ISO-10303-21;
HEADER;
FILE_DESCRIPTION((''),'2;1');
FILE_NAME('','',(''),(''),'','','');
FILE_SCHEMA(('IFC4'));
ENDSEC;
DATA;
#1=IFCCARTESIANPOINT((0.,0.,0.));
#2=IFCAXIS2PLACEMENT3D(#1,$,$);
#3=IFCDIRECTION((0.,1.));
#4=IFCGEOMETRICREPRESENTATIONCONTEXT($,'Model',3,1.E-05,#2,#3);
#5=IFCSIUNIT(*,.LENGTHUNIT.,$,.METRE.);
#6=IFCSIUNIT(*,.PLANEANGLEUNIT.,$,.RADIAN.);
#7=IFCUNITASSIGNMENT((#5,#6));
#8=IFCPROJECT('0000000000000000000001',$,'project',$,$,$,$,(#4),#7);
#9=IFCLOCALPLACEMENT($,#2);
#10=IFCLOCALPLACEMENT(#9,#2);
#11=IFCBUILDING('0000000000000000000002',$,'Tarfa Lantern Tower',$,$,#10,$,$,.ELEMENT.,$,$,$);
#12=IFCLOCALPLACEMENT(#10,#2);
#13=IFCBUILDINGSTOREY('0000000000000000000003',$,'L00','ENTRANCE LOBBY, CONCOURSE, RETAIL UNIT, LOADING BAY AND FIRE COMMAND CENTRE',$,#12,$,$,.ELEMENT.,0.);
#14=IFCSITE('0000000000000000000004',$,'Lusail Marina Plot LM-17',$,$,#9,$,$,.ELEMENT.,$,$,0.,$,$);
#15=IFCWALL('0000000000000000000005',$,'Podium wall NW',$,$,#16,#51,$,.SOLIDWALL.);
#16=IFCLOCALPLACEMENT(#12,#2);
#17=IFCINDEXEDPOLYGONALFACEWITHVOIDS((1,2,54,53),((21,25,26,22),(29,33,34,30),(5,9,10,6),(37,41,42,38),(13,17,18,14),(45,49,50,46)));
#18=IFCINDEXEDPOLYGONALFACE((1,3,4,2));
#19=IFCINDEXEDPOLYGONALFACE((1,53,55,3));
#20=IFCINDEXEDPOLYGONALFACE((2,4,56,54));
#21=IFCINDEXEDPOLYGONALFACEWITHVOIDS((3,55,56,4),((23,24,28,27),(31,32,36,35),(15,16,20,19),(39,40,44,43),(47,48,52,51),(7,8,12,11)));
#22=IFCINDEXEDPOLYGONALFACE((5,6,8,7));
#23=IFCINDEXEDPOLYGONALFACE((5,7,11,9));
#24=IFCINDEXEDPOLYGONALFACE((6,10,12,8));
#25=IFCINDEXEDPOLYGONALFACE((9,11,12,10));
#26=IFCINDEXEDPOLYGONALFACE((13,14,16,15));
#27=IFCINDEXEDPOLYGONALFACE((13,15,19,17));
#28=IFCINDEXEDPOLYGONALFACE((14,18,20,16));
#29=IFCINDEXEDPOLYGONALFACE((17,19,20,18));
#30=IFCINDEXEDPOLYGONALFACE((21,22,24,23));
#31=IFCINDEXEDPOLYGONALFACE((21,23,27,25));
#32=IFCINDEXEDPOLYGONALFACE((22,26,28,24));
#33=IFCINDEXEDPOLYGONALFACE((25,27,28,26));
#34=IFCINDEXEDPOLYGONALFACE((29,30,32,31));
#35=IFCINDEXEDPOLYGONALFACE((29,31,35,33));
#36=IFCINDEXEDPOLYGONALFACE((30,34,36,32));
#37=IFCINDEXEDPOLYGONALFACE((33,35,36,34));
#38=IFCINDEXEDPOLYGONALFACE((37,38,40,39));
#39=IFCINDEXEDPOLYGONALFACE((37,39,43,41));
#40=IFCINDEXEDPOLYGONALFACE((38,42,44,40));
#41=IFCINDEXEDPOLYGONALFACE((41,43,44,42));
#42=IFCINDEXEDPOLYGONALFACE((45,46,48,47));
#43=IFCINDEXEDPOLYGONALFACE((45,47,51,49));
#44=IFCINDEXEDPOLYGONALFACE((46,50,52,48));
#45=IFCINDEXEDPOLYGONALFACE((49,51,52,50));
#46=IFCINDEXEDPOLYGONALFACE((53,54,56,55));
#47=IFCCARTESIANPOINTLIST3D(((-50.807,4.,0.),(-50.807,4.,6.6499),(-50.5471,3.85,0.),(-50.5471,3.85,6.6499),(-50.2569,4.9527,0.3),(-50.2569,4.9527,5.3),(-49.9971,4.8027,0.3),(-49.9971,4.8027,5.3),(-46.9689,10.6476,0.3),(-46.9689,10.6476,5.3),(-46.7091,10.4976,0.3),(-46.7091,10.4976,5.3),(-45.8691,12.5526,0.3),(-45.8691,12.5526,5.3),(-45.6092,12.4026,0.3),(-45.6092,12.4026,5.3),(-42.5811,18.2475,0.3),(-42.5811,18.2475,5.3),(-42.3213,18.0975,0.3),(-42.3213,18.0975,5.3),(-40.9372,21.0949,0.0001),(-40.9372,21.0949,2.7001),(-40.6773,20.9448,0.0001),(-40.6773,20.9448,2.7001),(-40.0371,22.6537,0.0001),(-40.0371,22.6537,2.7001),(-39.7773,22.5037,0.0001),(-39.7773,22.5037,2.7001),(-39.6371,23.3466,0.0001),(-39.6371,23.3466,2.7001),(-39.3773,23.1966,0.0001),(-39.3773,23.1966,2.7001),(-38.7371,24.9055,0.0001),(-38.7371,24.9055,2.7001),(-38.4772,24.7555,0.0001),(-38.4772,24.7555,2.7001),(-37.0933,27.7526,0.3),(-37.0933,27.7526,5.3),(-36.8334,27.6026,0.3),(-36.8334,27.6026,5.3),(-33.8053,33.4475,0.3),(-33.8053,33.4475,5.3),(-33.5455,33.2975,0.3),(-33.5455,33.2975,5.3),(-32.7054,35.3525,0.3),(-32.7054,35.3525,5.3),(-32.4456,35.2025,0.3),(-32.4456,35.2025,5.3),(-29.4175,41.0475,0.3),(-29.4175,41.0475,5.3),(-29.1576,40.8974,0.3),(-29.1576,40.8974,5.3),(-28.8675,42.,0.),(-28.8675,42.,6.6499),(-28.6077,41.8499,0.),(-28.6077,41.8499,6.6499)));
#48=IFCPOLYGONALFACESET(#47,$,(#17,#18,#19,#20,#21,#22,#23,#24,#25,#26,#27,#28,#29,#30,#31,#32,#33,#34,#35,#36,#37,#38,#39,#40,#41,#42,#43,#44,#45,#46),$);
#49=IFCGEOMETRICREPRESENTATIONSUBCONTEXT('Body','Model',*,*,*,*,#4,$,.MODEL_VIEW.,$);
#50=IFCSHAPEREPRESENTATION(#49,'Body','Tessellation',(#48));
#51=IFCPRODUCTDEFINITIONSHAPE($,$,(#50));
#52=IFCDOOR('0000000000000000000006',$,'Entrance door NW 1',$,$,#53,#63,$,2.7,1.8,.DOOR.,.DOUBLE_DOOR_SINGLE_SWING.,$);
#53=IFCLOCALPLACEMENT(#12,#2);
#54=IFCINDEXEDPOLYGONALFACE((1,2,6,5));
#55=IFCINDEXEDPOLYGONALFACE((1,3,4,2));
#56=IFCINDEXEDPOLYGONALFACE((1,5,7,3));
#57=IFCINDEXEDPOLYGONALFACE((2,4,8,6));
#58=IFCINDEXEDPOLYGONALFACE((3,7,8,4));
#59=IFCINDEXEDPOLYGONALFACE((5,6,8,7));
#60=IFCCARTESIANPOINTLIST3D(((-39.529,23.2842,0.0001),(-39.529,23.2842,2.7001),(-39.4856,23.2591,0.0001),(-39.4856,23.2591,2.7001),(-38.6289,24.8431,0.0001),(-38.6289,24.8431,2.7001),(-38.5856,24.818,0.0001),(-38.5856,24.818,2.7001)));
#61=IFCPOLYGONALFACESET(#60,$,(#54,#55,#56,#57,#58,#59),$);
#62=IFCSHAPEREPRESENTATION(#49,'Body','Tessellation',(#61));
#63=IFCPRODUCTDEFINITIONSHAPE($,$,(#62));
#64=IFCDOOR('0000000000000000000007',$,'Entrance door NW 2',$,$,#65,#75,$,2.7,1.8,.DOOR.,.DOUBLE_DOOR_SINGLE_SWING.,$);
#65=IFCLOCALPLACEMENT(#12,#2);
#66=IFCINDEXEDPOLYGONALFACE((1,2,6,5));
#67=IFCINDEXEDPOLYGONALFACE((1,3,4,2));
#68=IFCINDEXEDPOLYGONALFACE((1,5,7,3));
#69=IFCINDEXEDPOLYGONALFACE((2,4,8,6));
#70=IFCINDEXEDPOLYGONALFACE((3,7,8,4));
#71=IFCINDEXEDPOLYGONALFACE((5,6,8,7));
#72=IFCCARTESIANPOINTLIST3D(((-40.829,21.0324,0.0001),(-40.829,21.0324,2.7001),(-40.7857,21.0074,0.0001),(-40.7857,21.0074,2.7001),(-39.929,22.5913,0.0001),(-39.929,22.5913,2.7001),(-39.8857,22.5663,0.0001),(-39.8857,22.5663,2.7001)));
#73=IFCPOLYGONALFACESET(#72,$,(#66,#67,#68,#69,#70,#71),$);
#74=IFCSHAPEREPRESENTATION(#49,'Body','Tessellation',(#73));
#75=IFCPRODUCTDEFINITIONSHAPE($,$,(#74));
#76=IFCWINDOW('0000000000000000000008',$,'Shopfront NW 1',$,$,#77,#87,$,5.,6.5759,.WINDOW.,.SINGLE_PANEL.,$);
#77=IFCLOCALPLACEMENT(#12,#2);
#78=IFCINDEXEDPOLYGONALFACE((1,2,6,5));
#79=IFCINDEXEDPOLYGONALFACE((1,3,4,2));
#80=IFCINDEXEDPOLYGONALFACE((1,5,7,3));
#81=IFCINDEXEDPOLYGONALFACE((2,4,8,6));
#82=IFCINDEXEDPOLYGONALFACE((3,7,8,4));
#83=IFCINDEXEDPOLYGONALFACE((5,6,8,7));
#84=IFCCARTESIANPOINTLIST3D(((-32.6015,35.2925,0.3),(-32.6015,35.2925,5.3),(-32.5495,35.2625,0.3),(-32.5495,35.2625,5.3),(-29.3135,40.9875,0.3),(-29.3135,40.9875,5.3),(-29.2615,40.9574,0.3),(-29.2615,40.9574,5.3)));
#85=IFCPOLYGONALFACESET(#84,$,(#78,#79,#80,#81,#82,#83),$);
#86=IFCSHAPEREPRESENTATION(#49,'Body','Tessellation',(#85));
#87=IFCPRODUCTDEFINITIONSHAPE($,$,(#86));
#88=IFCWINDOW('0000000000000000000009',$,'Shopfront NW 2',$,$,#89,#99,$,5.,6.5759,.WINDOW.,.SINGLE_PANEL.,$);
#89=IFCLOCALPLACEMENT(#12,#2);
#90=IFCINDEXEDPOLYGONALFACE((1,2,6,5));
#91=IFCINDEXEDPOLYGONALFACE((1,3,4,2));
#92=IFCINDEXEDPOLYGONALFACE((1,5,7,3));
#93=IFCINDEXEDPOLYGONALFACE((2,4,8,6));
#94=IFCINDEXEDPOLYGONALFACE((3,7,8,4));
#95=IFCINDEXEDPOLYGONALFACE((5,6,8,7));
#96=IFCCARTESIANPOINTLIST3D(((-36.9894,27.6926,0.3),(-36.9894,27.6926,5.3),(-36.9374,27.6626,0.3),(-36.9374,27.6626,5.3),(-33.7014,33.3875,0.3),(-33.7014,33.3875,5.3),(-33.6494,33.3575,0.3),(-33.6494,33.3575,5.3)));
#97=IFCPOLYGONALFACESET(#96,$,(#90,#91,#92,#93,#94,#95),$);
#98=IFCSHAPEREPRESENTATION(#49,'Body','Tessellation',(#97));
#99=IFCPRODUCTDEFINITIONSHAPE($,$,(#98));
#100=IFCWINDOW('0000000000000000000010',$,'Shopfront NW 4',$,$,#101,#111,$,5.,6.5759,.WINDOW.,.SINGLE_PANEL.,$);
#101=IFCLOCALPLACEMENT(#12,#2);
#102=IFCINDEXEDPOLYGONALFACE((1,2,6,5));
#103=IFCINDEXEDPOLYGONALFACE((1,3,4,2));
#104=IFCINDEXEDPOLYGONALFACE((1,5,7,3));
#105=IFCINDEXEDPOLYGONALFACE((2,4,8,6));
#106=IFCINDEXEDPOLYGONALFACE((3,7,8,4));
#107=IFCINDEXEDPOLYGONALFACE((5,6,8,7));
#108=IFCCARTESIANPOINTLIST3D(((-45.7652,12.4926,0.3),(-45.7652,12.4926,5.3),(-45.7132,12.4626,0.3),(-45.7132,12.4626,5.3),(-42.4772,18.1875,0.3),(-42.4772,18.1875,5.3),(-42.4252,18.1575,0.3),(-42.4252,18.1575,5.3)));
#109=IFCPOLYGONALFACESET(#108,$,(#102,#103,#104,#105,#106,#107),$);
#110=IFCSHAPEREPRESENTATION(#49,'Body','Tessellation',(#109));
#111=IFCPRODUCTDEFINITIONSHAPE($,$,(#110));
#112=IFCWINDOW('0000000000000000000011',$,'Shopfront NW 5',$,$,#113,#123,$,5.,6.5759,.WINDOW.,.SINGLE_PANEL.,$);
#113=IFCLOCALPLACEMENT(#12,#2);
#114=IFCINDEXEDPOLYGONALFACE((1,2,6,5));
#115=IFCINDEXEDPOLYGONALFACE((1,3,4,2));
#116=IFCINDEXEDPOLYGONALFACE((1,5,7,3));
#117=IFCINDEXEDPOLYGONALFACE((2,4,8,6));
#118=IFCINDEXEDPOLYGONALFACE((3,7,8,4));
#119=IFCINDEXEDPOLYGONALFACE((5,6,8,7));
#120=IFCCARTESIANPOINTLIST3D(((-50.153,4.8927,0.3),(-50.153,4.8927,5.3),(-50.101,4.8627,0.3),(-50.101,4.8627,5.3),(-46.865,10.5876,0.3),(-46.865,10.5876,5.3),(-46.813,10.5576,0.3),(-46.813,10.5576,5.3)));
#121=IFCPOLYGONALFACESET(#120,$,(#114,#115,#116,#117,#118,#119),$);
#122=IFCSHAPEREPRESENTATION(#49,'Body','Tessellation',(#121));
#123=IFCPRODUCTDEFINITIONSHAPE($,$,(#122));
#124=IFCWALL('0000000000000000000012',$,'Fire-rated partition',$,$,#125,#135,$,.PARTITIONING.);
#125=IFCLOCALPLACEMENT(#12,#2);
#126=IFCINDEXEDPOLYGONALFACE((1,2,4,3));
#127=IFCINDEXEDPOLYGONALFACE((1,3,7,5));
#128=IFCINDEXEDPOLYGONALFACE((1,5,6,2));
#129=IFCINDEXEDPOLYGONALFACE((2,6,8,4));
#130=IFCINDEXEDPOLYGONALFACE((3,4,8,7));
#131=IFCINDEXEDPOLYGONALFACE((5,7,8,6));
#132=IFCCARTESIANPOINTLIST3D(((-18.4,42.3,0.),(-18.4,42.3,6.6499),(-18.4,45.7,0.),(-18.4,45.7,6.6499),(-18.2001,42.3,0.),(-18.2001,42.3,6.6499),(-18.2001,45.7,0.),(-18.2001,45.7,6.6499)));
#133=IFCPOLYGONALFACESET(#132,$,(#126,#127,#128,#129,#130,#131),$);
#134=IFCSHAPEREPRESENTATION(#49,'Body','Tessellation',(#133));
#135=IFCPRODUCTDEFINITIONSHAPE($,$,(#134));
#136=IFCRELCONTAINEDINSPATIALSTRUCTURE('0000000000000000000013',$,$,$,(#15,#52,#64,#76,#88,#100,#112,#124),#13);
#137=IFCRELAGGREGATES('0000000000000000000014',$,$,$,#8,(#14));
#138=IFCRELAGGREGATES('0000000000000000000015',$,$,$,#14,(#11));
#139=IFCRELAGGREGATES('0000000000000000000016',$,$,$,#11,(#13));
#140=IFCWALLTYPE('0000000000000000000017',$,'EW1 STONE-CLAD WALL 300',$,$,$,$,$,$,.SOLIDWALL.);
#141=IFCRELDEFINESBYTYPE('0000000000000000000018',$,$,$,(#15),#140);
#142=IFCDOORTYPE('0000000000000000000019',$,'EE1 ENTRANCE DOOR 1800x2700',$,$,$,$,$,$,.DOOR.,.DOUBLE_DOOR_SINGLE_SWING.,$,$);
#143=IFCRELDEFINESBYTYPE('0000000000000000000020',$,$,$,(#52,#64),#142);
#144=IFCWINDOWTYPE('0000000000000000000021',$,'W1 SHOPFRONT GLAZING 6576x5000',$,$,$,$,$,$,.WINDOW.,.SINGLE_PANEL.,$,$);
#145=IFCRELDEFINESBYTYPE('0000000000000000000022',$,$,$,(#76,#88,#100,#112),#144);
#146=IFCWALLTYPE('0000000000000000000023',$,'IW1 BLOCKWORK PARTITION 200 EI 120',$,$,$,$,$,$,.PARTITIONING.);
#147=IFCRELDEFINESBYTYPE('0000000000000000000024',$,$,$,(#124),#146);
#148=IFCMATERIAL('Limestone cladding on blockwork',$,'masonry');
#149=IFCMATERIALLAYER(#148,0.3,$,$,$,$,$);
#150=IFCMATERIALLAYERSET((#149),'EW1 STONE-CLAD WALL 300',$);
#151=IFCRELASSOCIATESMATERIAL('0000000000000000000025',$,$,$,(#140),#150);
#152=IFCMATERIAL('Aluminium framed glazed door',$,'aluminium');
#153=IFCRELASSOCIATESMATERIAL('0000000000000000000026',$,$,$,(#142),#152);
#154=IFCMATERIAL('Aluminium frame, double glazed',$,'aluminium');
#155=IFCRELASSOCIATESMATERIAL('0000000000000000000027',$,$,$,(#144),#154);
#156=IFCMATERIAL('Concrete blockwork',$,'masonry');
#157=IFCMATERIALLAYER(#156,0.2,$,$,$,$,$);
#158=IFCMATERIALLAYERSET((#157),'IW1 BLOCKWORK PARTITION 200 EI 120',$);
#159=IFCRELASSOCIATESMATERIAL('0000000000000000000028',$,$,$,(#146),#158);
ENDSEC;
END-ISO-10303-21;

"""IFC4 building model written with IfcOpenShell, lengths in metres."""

from ifc_helpers import new_model, si_unit, direction, frame, frame_2d, origin, place, context, subcontext, project, spatial, rectangle, extrude, material, layer, layer_set, type_object, element, fill, save


model = new_model("IFC4")

# Units and contexts
model_context = context("Model", 3, precision=1e-05, world=origin(), true_north=direction((0.0, 1.0)))
body_context = subcontext(model_context, "Body", "Model", "MODEL_VIEW")
ifc_project = project(units=[si_unit("LENGTHUNIT", "METRE"), si_unit("PLANEANGLEUNIT", "RADIAN")], contexts=[model_context])

# Site, building, storey
site_placement = place(None, origin())
site = spatial("IfcSite", under=ifc_project, at=site_placement, Name="Lusail Marina Plot LM-17", CompositionType="ELEMENT", RefElevation=0.0)
building_placement = place(site_placement, origin())
building = spatial("IfcBuilding", under=site, at=building_placement, Name="Tarfa Lantern Tower", CompositionType="ELEMENT")
storey_placement = place(building_placement, origin())
storey = spatial("IfcBuildingStorey", under=building, at=storey_placement, Name="L00", Description="ENTRANCE LOBBY, CONCOURSE, RETAIL UNIT, LOADING BAY AND FIRE COMMAND CENTRE", CompositionType="ELEMENT", Elevation=0.0)

# Wall, openings, doors, windows
ifc_material_1 = material(Name="Limestone cladding on blockwork", Category="masonry")
ifc_layer_1 = layer(ifc_material_1, 0.3)
ifc_layer_set_1 = layer_set([ifc_layer_1], Name="EW1 STONE-CLAD WALL 300")
wall_type_1 = type_object("IfcWallType", Name="EW1 STONE-CLAD WALL 300", PredefinedType="SOLIDWALL", material=ifc_layer_set_1)
wall_1_placement = place(storey_placement, frame((-28.7375, 41.925, 0.0), z_axis=(0.0, 0.0, 1.0), x_axis=(-0.500002, -0.866024, 0.0)))
wall_1 = element("IfcWall", 1, at=wall_1_placement, inside=storey, type_object=wall_type_1, Name="Podium wall NW", PredefinedType="SOLIDWALL", context=body_context, shape_type="SweptSolid", body=[
    extrude(rectangle(XDim=43.8787, YDim=0.3, at=frame_2d((21.9395, 0.0))), origin(), (0.0, 0.0, 1.0), 6.6499),
])
opening_1_placement = place(wall_1_placement, frame((1.0999, 0.0, 0.3)))
opening_1 = element("IfcOpeningElement", 2, at=opening_1_placement, cuts=wall_1, PredefinedType="OPENING", context=body_context, shape_type="SweptSolid", body=[
    extrude(rectangle(XDim=6.5759, YDim=5.0, at=frame_2d((3.2881, 2.5))), frame((0.0, 0.1599, 0.0), z_axis=(0.0, -1.0, 0.0), x_axis=(1.0, 0.0, 0.0)), (0.0, 0.0, 1.0), 0.3201),
])
opening_2_placement = place(wall_1_placement, frame((9.8755, 0.0, 0.3)))
opening_2 = element("IfcOpeningElement", 3, at=opening_2_placement, cuts=wall_1, PredefinedType="OPENING", context=body_context, shape_type="SweptSolid", body=[
    extrude(rectangle(XDim=6.5759, YDim=5.0, at=frame_2d((3.2881, 2.5))), frame((0.0, 0.1599, 0.0), z_axis=(0.0, -1.0, 0.0), x_axis=(1.0, 0.0, 0.0)), (0.0, 0.0, 1.0), 0.3201),
])
opening_3_placement = place(wall_1_placement, frame((19.7393, 0.0, 0.0)))
opening_3 = element("IfcOpeningElement", 4, at=opening_3_placement, cuts=wall_1, PredefinedType="OPENING", context=body_context, shape_type="SweptSolid", body=[
    extrude(rectangle(XDim=1.8, YDim=2.7, at=frame_2d((0.8999, 1.3501))), frame((0.0, 0.1599, 0.0), z_axis=(0.0, -1.0, 0.0), x_axis=(1.0, 0.0, 0.0)), (0.0, 0.0, 1.0), 0.3201),
])
opening_4_placement = place(wall_1_placement, frame((22.3394, 0.0, 0.0)))
opening_4 = element("IfcOpeningElement", 5, at=opening_4_placement, cuts=wall_1, PredefinedType="OPENING", context=body_context, shape_type="SweptSolid", body=[
    extrude(rectangle(XDim=1.8, YDim=2.7, at=frame_2d((0.8999, 1.3501))), frame((0.0, 0.1599, 0.0), z_axis=(0.0, -1.0, 0.0), x_axis=(1.0, 0.0, 0.0)), (0.0, 0.0, 1.0), 0.3201),
])
opening_5_placement = place(wall_1_placement, frame((27.427, 0.0, 0.3)))
opening_5 = element("IfcOpeningElement", 6, at=opening_5_placement, cuts=wall_1, PredefinedType="OPENING", context=body_context, shape_type="SweptSolid", body=[
    extrude(rectangle(XDim=6.5759, YDim=5.0, at=frame_2d((3.2881, 2.5))), frame((0.0, 0.1599, 0.0), z_axis=(0.0, -1.0, 0.0), x_axis=(1.0, 0.0, 0.0)), (0.0, 0.0, 1.0), 0.3201),
])
opening_6_placement = place(wall_1_placement, frame((36.2026, 0.0, 0.3)))
opening_6 = element("IfcOpeningElement", 7, at=opening_6_placement, cuts=wall_1, PredefinedType="OPENING", context=body_context, shape_type="SweptSolid", body=[
    extrude(rectangle(XDim=6.5759, YDim=5.0, at=frame_2d((3.2881, 2.5))), frame((0.0, 0.1599, 0.0), z_axis=(0.0, -1.0, 0.0), x_axis=(1.0, 0.0, 0.0)), (0.0, 0.0, 1.0), 0.3201),
])
ifc_material_2 = material(Name="Aluminium framed glazed door", Category="aluminium")
door_type_1 = type_object("IfcDoorType", Name="EE1 ENTRANCE DOOR 1800x2700", OperationType="DOUBLE_DOOR_SINGLE_SWING", PredefinedType="DOOR", material=ifc_material_2)
door_1_placement = place(opening_3_placement, origin())
door_1 = element("IfcDoor", 8, at=door_1_placement, inside=storey, type_object=door_type_1, Name="Entrance door NW 1", OperationType="DOUBLE_DOOR_SINGLE_SWING", OverallHeight=2.7, OverallWidth=1.8, PredefinedType="DOOR", context=body_context, shape_type="SweptSolid", body=[
    extrude(rectangle(XDim=1.8, YDim=2.7, at=frame_2d((0.8999, 1.3501))), frame((0.0, 0.0249, 0.0), z_axis=(0.0, -1.0, 0.0), x_axis=(1.0, 0.0, 0.0)), (0.0, 0.0, 1.0), 0.05),
])
fill(opening_3, door_1)
door_2_placement = place(opening_4_placement, origin())
door_2 = element("IfcDoor", 9, at=door_2_placement, inside=storey, type_object=door_type_1, Name="Entrance door NW 2", OperationType="DOUBLE_DOOR_SINGLE_SWING", OverallHeight=2.7, OverallWidth=1.8, PredefinedType="DOOR", context=body_context, shape_type="SweptSolid", body=[
    extrude(rectangle(XDim=1.8, YDim=2.7, at=frame_2d((0.8999, 1.3501))), frame((0.0, 0.0249, 0.0), z_axis=(0.0, -1.0, 0.0), x_axis=(1.0, 0.0, 0.0)), (0.0, 0.0, 1.0), 0.05),
])
fill(opening_4, door_2)
ifc_material_3 = material(Name="Aluminium frame, double glazed", Category="aluminium")
window_type = type_object("IfcWindowType", Name="W1 SHOPFRONT GLAZING 6576x5000", PartitioningType="SINGLE_PANEL", PredefinedType="WINDOW", material=ifc_material_3)
window_1_placement = place(opening_1_placement, origin())
window_1 = element("IfcWindow", 10, at=window_1_placement, inside=storey, type_object=window_type, Name="Shopfront NW 1", OverallHeight=5.0, OverallWidth=6.5759, PartitioningType="SINGLE_PANEL", PredefinedType="WINDOW", context=body_context, shape_type="SweptSolid", body=[
    extrude(rectangle(XDim=6.5759, YDim=5.0, at=frame_2d((3.2881, 2.5))), frame((0.0, 0.03, 0.0), z_axis=(0.0, -1.0, 0.0), x_axis=(1.0, 0.0, 0.0)), (0.0, 0.0, 1.0), 0.0601),
])
fill(opening_1, window_1)
window_2_placement = place(opening_2_placement, origin())
window_2 = element("IfcWindow", 11, at=window_2_placement, inside=storey, type_object=window_type, Name="Shopfront NW 2", OverallHeight=5.0, OverallWidth=6.5759, PartitioningType="SINGLE_PANEL", PredefinedType="WINDOW", context=body_context, shape_type="SweptSolid", body=[
    extrude(rectangle(XDim=6.5759, YDim=5.0, at=frame_2d((3.2881, 2.5))), frame((0.0, 0.03, 0.0), z_axis=(0.0, -1.0, 0.0), x_axis=(1.0, 0.0, 0.0)), (0.0, 0.0, 1.0), 0.0601),
])
fill(opening_2, window_2)
window_3_placement = place(opening_5_placement, origin())
window_3 = element("IfcWindow", 12, at=window_3_placement, inside=storey, type_object=window_type, Name="Shopfront NW 4", OverallHeight=5.0, OverallWidth=6.5759, PartitioningType="SINGLE_PANEL", PredefinedType="WINDOW", context=body_context, shape_type="SweptSolid", body=[
    extrude(rectangle(XDim=6.5759, YDim=5.0, at=frame_2d((3.2881, 2.5))), frame((0.0, 0.03, 0.0), z_axis=(0.0, -1.0, 0.0), x_axis=(1.0, 0.0, 0.0)), (0.0, 0.0, 1.0), 0.0601),
])
fill(opening_5, window_3)
window_4_placement = place(opening_6_placement, origin())
window_4 = element("IfcWindow", 13, at=window_4_placement, inside=storey, type_object=window_type, Name="Shopfront NW 5", OverallHeight=5.0, OverallWidth=6.5759, PartitioningType="SINGLE_PANEL", PredefinedType="WINDOW", context=body_context, shape_type="SweptSolid", body=[
    extrude(rectangle(XDim=6.5759, YDim=5.0, at=frame_2d((3.2881, 2.5))), frame((0.0, 0.03, 0.0), z_axis=(0.0, -1.0, 0.0), x_axis=(1.0, 0.0, 0.0)), (0.0, 0.0, 1.0), 0.0601),
])
fill(opening_6, window_4)

# Wall
ifc_material_4 = material(Name="Concrete blockwork", Category="masonry")
ifc_layer_2 = layer(ifc_material_4, 0.2)
ifc_layer_set_2 = layer_set([ifc_layer_2], Name="IW1 BLOCKWORK PARTITION 200 EI 120")
wall_type_2 = type_object("IfcWallType", Name="IW1 BLOCKWORK PARTITION 200 EI 120", PredefinedType="PARTITIONING", material=ifc_layer_set_2)
wall_2_placement = place(storey_placement, frame((-18.3, 45.7, 0.0), z_axis=(0.0, 0.0, 1.0), x_axis=(0.0, -1.0, 0.0)))
element("IfcWall", 14, at=wall_2_placement, inside=storey, type_object=wall_type_2, Name="Fire-rated partition", PredefinedType="PARTITIONING", context=body_context, shape_type="SweptSolid", body=[
    extrude(rectangle(XDim=3.3999, YDim=0.2, at=frame_2d((1.7, 0.0))), origin(), (0.0, 0.0, 1.0), 6.6499),
])

save(model, "model.ifc")
